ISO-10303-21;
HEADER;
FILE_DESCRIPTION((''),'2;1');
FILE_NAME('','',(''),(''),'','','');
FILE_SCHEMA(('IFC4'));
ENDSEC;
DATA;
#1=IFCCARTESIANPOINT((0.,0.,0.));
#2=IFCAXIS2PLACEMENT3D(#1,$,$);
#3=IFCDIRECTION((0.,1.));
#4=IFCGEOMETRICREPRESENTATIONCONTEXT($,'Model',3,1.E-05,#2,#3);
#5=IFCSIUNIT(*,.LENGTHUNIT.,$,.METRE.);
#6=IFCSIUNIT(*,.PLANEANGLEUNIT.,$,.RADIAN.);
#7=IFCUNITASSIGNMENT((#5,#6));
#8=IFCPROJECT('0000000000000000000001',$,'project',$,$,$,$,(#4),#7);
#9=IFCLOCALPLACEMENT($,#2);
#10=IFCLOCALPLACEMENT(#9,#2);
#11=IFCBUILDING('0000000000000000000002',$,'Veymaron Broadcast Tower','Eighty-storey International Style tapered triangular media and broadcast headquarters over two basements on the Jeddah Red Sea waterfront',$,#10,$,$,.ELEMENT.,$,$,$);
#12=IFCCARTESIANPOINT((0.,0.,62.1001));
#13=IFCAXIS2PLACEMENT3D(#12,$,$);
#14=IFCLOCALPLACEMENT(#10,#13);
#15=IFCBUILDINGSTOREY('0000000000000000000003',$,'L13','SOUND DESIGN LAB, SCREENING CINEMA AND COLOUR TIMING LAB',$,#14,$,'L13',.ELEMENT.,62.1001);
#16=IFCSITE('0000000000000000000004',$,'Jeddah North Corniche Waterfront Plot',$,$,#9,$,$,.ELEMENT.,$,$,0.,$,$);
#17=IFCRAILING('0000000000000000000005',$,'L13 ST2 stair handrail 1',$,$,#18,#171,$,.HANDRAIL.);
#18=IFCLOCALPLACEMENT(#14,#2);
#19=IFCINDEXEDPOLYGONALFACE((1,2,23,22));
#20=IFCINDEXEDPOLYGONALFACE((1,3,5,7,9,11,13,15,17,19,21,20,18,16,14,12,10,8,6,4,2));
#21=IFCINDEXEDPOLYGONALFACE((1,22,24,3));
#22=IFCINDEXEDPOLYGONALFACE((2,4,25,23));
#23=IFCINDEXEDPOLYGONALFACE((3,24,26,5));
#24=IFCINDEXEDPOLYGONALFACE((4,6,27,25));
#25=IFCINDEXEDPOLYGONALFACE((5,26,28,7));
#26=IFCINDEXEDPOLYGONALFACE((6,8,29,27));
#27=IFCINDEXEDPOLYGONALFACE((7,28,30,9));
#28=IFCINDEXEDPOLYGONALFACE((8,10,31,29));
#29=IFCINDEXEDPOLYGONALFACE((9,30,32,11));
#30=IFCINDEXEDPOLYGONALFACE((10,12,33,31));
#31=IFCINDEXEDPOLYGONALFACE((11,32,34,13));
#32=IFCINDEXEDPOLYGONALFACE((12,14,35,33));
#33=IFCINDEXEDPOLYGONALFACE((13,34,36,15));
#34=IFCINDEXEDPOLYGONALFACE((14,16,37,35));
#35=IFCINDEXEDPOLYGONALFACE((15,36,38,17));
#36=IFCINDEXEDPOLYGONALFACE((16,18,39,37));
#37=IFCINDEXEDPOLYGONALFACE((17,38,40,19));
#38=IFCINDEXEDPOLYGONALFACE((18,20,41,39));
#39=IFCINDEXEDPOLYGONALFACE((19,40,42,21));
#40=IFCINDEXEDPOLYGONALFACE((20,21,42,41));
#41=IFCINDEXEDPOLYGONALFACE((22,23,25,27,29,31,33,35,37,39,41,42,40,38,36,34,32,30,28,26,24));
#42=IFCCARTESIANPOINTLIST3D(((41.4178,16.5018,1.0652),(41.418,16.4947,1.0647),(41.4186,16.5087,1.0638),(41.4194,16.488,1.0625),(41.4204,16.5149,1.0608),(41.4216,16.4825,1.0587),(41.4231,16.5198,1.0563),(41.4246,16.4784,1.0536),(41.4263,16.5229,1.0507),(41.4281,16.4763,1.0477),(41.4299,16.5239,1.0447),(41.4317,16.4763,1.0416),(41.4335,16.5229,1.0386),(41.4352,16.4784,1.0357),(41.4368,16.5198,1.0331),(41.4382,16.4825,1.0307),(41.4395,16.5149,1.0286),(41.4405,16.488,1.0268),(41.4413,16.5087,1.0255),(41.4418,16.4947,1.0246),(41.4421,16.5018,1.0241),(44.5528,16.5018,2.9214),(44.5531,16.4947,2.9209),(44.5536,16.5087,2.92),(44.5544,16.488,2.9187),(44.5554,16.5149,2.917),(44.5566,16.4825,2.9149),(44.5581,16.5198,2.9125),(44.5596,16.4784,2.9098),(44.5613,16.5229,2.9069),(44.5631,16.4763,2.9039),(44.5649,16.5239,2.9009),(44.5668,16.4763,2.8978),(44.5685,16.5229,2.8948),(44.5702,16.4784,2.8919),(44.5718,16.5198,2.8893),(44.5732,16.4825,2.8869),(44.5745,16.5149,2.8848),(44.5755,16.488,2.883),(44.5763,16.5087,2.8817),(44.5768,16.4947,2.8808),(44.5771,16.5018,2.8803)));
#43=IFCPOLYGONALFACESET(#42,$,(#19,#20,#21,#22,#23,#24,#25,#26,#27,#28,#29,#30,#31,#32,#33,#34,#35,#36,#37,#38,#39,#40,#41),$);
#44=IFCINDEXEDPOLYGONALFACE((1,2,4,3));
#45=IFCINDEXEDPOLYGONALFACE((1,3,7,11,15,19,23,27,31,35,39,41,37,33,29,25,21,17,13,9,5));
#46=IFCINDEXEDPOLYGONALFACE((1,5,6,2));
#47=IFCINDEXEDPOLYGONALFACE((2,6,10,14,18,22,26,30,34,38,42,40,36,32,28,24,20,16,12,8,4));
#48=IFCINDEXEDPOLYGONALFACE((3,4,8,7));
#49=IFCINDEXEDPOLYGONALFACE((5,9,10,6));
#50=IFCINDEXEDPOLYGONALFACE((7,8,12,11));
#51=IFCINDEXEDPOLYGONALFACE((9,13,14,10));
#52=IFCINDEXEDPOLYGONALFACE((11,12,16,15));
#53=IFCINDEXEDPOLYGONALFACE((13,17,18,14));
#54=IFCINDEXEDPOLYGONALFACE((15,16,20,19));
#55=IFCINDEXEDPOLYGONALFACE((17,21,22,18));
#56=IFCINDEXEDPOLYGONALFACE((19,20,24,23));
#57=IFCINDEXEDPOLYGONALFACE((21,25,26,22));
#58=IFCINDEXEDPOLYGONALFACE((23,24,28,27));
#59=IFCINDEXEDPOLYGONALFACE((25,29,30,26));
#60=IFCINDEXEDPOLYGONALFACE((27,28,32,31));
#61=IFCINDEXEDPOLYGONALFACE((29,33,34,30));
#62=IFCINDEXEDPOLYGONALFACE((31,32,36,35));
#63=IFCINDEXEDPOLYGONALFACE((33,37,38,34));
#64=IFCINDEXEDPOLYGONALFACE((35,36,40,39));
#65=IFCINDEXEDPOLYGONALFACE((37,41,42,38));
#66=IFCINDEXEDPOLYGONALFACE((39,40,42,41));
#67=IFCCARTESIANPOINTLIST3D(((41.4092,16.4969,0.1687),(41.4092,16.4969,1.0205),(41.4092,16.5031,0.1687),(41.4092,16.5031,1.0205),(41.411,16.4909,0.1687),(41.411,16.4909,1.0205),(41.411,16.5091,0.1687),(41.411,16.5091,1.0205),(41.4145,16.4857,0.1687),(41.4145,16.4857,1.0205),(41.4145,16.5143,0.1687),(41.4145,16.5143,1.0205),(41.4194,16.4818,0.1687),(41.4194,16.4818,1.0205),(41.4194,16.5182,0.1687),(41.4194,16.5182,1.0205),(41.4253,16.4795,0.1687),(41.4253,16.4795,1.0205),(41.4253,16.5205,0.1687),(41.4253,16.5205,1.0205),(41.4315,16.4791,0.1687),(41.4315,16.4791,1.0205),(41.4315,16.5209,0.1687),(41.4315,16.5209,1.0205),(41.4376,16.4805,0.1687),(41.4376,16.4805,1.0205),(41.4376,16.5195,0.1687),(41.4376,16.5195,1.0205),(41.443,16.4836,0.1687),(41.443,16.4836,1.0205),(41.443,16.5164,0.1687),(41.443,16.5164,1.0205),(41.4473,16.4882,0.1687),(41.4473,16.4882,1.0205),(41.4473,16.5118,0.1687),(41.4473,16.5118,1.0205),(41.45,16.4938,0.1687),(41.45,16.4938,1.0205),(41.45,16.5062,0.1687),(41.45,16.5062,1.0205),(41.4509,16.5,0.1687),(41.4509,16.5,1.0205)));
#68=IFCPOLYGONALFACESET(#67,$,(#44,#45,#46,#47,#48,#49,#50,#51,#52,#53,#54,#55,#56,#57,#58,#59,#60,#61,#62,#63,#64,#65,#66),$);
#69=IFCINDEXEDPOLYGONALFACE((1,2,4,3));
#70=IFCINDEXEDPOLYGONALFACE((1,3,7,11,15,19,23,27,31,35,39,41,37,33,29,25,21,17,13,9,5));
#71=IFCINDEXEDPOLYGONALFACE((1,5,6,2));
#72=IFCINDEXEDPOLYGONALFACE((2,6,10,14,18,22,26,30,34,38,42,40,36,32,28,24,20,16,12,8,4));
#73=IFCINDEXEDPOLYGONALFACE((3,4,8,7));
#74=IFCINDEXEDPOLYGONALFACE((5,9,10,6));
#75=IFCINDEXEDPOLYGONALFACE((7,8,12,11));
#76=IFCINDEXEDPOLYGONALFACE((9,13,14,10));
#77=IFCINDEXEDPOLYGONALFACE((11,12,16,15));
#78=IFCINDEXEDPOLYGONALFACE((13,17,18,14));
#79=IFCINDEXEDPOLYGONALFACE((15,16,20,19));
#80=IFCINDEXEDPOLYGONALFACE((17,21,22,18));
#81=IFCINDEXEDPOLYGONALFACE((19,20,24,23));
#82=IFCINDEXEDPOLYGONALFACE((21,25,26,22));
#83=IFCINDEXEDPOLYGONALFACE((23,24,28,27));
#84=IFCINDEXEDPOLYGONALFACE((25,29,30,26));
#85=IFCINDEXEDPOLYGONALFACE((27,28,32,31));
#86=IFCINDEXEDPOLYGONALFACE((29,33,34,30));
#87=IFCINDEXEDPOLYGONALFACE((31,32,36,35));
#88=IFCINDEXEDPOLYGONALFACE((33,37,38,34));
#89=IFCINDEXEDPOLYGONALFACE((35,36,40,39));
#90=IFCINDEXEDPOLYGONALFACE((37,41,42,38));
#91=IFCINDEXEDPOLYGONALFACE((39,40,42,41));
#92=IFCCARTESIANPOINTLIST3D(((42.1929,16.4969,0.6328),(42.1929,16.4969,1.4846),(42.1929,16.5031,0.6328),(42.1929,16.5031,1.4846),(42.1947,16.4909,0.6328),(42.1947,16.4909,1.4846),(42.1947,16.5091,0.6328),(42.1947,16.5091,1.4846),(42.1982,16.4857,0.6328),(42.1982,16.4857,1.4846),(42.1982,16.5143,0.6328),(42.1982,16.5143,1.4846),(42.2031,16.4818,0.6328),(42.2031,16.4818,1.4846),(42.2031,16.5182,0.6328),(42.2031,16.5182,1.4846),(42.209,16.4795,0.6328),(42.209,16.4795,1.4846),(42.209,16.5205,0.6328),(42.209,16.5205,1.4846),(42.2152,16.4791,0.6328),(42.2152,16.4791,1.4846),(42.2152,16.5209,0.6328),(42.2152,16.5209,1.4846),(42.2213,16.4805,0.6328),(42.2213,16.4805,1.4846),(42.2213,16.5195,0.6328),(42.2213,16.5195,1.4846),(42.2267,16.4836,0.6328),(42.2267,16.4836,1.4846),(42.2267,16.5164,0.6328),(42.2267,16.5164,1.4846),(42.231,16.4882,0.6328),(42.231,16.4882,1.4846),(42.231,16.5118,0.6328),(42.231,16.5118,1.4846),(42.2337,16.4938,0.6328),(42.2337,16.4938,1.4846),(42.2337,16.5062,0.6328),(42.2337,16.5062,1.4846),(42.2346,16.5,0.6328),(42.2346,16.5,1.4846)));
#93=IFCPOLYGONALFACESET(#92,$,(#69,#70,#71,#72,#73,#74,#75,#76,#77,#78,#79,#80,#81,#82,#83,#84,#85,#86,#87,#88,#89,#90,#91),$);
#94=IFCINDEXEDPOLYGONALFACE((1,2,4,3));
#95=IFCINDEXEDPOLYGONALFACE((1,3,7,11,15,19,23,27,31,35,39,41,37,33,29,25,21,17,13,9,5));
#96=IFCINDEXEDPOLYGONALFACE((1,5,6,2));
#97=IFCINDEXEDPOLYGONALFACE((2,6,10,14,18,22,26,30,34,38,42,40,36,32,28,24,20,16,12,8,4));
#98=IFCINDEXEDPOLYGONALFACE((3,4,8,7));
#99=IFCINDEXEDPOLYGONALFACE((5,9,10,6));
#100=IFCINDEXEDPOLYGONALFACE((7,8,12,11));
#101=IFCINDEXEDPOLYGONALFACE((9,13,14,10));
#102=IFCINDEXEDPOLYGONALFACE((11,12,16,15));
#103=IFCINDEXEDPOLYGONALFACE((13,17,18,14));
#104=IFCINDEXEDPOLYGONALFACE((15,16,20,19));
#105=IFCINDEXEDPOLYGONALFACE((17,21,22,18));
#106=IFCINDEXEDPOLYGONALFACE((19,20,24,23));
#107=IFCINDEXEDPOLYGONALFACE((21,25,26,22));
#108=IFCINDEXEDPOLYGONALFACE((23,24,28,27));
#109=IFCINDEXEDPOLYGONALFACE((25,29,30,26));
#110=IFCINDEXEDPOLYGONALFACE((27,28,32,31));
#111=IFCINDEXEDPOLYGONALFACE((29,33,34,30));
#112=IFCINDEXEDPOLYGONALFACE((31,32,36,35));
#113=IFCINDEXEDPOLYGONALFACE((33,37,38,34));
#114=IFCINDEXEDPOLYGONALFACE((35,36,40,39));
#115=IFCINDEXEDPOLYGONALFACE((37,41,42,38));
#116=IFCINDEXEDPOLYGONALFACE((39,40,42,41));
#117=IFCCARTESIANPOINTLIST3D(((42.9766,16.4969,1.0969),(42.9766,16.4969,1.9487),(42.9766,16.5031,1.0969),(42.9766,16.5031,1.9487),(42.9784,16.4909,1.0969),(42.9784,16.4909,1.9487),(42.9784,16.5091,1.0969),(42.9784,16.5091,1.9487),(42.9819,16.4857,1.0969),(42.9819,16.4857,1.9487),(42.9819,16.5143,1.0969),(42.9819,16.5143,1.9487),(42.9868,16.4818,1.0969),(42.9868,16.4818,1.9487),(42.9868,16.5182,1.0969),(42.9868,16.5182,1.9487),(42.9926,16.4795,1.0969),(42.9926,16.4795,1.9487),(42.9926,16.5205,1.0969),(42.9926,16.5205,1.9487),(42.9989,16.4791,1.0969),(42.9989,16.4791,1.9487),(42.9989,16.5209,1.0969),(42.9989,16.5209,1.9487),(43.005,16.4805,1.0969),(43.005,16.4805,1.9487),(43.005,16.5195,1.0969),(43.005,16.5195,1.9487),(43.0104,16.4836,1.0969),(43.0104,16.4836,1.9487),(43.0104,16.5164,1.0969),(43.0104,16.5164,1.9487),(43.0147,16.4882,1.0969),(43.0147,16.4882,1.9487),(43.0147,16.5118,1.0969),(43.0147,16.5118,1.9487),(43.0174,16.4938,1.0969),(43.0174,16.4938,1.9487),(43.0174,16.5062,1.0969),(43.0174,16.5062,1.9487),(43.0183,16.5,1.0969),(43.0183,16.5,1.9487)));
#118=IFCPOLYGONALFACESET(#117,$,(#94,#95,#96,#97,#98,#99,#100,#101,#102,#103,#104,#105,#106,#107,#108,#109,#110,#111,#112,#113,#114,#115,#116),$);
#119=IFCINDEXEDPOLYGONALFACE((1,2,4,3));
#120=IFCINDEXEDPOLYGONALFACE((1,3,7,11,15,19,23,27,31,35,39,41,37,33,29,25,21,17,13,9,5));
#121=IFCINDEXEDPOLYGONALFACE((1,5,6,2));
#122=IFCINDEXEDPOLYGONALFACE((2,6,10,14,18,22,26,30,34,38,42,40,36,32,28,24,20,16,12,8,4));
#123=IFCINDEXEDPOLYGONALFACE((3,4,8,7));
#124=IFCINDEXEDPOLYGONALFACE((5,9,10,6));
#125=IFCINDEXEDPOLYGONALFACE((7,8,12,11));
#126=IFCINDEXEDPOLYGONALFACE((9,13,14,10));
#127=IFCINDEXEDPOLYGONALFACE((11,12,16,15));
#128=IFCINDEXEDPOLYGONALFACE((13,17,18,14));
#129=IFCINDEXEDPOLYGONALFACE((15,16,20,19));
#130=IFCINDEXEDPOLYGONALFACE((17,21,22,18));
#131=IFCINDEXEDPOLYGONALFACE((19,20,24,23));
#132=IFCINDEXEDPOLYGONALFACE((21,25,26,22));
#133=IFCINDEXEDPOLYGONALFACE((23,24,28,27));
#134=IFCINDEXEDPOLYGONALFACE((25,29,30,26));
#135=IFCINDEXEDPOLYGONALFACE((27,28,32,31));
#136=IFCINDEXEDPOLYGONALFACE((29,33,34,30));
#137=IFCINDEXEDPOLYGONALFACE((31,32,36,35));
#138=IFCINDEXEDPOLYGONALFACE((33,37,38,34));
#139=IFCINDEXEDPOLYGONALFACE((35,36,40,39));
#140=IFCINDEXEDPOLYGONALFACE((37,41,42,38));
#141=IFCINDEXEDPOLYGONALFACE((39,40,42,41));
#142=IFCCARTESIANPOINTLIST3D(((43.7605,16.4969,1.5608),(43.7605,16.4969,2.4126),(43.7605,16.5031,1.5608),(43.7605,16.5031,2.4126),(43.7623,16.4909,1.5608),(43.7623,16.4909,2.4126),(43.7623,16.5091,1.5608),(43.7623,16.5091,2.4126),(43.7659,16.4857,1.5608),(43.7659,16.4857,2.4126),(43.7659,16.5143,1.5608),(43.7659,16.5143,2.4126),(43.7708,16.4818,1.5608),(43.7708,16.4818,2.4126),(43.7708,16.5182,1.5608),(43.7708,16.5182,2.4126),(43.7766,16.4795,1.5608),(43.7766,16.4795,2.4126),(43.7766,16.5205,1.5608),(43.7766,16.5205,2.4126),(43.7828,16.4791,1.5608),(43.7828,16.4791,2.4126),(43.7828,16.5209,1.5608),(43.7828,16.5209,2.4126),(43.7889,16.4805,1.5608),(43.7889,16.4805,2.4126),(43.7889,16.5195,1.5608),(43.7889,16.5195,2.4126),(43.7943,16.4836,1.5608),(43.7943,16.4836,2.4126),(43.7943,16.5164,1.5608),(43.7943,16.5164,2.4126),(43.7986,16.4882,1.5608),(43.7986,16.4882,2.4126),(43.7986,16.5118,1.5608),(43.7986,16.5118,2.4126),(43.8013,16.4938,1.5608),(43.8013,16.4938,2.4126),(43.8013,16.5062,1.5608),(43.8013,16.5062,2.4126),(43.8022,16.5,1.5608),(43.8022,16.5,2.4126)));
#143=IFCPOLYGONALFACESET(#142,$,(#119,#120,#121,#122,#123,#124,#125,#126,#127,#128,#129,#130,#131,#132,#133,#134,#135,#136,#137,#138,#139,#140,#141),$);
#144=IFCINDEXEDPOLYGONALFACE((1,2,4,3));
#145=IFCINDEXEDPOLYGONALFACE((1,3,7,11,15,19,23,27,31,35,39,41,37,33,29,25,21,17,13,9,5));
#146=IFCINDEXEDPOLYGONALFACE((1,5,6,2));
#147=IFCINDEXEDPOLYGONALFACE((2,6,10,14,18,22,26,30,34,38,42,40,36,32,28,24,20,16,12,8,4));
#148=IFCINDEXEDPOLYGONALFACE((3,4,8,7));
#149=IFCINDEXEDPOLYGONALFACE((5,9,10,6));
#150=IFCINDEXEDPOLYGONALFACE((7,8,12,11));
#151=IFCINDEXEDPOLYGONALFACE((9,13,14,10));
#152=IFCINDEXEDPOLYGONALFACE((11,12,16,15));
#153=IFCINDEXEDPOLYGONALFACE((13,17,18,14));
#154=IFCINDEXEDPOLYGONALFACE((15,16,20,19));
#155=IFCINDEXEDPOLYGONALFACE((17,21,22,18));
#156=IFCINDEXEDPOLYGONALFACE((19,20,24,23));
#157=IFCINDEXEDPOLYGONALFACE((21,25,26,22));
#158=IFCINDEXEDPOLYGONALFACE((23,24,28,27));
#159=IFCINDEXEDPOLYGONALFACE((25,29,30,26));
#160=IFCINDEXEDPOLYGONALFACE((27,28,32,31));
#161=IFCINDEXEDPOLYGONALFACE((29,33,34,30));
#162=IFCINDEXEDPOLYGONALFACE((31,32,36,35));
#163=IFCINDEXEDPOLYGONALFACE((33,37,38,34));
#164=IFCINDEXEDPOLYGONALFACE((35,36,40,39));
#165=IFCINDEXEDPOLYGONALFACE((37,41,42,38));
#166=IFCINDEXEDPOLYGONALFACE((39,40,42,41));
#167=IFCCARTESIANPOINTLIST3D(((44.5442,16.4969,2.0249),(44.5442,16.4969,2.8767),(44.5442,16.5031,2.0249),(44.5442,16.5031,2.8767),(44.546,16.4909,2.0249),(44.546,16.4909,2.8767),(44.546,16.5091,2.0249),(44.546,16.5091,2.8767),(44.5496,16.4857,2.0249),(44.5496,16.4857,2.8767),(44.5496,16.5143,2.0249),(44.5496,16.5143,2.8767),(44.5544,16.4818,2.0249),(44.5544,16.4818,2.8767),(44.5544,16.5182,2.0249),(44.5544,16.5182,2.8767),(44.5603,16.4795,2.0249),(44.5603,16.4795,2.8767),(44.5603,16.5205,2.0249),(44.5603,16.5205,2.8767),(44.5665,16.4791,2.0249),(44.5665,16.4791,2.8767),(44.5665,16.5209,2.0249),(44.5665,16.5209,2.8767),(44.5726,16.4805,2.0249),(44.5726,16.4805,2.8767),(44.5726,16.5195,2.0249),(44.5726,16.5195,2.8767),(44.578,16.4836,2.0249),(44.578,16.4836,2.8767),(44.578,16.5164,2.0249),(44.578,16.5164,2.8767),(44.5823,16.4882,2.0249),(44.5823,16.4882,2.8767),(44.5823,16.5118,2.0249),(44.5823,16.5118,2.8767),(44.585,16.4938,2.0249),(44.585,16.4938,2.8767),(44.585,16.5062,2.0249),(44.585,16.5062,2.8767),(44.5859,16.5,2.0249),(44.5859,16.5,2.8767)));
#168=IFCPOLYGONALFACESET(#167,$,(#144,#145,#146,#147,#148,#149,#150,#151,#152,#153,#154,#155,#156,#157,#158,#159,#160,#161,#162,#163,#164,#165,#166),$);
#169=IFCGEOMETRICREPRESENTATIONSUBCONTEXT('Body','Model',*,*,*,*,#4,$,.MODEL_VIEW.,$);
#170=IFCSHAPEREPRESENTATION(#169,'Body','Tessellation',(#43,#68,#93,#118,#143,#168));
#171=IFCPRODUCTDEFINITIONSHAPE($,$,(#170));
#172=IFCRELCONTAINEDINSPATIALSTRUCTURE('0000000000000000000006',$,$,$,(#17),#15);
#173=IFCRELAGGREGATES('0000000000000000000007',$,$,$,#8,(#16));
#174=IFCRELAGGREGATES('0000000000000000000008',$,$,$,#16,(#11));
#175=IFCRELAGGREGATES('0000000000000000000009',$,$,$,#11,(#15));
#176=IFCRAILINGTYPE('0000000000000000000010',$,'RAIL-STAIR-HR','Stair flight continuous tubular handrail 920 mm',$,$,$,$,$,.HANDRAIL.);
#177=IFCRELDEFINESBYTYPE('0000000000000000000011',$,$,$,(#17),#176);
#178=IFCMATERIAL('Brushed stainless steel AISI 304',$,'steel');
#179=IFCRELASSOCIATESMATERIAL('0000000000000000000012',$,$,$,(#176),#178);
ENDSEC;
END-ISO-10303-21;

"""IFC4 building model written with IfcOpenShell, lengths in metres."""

from ifc_helpers import new_model, si_unit, direction, frame, origin, origin_2d, place, context, subcontext, project, spatial, circle, extrude, material, type_object, element, save


model = new_model("IFC4")

# Units and contexts
model_context = context("Model", 3, precision=1e-05, world=origin(), true_north=direction((0.0, 1.0)))
body_context = subcontext(model_context, "Body", "Model", "MODEL_VIEW")
ifc_project = project(units=[si_unit("LENGTHUNIT", "METRE"), si_unit("PLANEANGLEUNIT", "RADIAN")], contexts=[model_context])

# Site, building, storey
site_placement = place(None, origin())
site = spatial("IfcSite", under=ifc_project, at=site_placement, Name="Jeddah North Corniche Waterfront Plot", CompositionType="ELEMENT", RefElevation=0.0)
building_placement = place(site_placement, origin())
building = spatial("IfcBuilding", under=site, at=building_placement, Name="Veymaron Broadcast Tower", Description="Eighty-storey International Style tapered triangular media and broadcast headquarters over two basements on the Jeddah Red Sea waterfront", CompositionType="ELEMENT")
storey_placement = place(building_placement, frame((0.0, 0.0, 62.1001)))
storey = spatial("IfcBuildingStorey", under=building, at=storey_placement, Name="L13", Description="SOUND DESIGN LAB, SCREENING CINEMA AND COLOUR TIMING LAB", LongName="L13", CompositionType="ELEMENT", Elevation=62.1001)

# Railing
ifc_material_1 = material(Name="Brushed stainless steel AISI 304", Category="steel")
railing_type_1 = type_object("IfcRailingType", Name="RAIL-STAIR-HR", Description="Stair flight continuous tubular handrail 920 mm", PredefinedType="HANDRAIL", material=ifc_material_1)
railing_1_placement = place(storey_placement, frame((41.4299, 16.5, 0.1687)))
element("IfcRailing", 1, at=railing_1_placement, inside=storey, type_object=railing_type_1, Name="L13 ST2 stair handrail 1", PredefinedType="HANDRAIL", context=body_context, shape_type="SweptSolid", body=[
    extrude(circle(Radius=0.0239, at=origin_2d()), frame((0.0, 0.0, 0.876), z_axis=(0.860482, 0.0, 0.509481), x_axis=(0.0, 1.0, 0.0)), (0.0, 0.0, 1.0), 3.6433),
    extrude(circle(Radius=0.021, at=origin_2d()), origin(), (0.0, 0.0, 1.0), 0.8518),
    extrude(circle(Radius=0.021, at=origin_2d()), frame((0.7837, 0.0, 0.4641)), (0.0, 0.0, 1.0), 0.8518),
    extrude(circle(Radius=0.021, at=origin_2d()), frame((1.5674, 0.0, 0.9282)), (0.0, 0.0, 1.0), 0.8518),
    extrude(circle(Radius=0.021, at=origin_2d()), frame((2.3513, 0.0, 1.3921)), (0.0, 0.0, 1.0), 0.8518),
    extrude(circle(Radius=0.021, at=origin_2d()), frame((3.135, 0.0, 1.8562)), (0.0, 0.0, 1.0), 0.8518),
])

save(model, "model.ifc")
